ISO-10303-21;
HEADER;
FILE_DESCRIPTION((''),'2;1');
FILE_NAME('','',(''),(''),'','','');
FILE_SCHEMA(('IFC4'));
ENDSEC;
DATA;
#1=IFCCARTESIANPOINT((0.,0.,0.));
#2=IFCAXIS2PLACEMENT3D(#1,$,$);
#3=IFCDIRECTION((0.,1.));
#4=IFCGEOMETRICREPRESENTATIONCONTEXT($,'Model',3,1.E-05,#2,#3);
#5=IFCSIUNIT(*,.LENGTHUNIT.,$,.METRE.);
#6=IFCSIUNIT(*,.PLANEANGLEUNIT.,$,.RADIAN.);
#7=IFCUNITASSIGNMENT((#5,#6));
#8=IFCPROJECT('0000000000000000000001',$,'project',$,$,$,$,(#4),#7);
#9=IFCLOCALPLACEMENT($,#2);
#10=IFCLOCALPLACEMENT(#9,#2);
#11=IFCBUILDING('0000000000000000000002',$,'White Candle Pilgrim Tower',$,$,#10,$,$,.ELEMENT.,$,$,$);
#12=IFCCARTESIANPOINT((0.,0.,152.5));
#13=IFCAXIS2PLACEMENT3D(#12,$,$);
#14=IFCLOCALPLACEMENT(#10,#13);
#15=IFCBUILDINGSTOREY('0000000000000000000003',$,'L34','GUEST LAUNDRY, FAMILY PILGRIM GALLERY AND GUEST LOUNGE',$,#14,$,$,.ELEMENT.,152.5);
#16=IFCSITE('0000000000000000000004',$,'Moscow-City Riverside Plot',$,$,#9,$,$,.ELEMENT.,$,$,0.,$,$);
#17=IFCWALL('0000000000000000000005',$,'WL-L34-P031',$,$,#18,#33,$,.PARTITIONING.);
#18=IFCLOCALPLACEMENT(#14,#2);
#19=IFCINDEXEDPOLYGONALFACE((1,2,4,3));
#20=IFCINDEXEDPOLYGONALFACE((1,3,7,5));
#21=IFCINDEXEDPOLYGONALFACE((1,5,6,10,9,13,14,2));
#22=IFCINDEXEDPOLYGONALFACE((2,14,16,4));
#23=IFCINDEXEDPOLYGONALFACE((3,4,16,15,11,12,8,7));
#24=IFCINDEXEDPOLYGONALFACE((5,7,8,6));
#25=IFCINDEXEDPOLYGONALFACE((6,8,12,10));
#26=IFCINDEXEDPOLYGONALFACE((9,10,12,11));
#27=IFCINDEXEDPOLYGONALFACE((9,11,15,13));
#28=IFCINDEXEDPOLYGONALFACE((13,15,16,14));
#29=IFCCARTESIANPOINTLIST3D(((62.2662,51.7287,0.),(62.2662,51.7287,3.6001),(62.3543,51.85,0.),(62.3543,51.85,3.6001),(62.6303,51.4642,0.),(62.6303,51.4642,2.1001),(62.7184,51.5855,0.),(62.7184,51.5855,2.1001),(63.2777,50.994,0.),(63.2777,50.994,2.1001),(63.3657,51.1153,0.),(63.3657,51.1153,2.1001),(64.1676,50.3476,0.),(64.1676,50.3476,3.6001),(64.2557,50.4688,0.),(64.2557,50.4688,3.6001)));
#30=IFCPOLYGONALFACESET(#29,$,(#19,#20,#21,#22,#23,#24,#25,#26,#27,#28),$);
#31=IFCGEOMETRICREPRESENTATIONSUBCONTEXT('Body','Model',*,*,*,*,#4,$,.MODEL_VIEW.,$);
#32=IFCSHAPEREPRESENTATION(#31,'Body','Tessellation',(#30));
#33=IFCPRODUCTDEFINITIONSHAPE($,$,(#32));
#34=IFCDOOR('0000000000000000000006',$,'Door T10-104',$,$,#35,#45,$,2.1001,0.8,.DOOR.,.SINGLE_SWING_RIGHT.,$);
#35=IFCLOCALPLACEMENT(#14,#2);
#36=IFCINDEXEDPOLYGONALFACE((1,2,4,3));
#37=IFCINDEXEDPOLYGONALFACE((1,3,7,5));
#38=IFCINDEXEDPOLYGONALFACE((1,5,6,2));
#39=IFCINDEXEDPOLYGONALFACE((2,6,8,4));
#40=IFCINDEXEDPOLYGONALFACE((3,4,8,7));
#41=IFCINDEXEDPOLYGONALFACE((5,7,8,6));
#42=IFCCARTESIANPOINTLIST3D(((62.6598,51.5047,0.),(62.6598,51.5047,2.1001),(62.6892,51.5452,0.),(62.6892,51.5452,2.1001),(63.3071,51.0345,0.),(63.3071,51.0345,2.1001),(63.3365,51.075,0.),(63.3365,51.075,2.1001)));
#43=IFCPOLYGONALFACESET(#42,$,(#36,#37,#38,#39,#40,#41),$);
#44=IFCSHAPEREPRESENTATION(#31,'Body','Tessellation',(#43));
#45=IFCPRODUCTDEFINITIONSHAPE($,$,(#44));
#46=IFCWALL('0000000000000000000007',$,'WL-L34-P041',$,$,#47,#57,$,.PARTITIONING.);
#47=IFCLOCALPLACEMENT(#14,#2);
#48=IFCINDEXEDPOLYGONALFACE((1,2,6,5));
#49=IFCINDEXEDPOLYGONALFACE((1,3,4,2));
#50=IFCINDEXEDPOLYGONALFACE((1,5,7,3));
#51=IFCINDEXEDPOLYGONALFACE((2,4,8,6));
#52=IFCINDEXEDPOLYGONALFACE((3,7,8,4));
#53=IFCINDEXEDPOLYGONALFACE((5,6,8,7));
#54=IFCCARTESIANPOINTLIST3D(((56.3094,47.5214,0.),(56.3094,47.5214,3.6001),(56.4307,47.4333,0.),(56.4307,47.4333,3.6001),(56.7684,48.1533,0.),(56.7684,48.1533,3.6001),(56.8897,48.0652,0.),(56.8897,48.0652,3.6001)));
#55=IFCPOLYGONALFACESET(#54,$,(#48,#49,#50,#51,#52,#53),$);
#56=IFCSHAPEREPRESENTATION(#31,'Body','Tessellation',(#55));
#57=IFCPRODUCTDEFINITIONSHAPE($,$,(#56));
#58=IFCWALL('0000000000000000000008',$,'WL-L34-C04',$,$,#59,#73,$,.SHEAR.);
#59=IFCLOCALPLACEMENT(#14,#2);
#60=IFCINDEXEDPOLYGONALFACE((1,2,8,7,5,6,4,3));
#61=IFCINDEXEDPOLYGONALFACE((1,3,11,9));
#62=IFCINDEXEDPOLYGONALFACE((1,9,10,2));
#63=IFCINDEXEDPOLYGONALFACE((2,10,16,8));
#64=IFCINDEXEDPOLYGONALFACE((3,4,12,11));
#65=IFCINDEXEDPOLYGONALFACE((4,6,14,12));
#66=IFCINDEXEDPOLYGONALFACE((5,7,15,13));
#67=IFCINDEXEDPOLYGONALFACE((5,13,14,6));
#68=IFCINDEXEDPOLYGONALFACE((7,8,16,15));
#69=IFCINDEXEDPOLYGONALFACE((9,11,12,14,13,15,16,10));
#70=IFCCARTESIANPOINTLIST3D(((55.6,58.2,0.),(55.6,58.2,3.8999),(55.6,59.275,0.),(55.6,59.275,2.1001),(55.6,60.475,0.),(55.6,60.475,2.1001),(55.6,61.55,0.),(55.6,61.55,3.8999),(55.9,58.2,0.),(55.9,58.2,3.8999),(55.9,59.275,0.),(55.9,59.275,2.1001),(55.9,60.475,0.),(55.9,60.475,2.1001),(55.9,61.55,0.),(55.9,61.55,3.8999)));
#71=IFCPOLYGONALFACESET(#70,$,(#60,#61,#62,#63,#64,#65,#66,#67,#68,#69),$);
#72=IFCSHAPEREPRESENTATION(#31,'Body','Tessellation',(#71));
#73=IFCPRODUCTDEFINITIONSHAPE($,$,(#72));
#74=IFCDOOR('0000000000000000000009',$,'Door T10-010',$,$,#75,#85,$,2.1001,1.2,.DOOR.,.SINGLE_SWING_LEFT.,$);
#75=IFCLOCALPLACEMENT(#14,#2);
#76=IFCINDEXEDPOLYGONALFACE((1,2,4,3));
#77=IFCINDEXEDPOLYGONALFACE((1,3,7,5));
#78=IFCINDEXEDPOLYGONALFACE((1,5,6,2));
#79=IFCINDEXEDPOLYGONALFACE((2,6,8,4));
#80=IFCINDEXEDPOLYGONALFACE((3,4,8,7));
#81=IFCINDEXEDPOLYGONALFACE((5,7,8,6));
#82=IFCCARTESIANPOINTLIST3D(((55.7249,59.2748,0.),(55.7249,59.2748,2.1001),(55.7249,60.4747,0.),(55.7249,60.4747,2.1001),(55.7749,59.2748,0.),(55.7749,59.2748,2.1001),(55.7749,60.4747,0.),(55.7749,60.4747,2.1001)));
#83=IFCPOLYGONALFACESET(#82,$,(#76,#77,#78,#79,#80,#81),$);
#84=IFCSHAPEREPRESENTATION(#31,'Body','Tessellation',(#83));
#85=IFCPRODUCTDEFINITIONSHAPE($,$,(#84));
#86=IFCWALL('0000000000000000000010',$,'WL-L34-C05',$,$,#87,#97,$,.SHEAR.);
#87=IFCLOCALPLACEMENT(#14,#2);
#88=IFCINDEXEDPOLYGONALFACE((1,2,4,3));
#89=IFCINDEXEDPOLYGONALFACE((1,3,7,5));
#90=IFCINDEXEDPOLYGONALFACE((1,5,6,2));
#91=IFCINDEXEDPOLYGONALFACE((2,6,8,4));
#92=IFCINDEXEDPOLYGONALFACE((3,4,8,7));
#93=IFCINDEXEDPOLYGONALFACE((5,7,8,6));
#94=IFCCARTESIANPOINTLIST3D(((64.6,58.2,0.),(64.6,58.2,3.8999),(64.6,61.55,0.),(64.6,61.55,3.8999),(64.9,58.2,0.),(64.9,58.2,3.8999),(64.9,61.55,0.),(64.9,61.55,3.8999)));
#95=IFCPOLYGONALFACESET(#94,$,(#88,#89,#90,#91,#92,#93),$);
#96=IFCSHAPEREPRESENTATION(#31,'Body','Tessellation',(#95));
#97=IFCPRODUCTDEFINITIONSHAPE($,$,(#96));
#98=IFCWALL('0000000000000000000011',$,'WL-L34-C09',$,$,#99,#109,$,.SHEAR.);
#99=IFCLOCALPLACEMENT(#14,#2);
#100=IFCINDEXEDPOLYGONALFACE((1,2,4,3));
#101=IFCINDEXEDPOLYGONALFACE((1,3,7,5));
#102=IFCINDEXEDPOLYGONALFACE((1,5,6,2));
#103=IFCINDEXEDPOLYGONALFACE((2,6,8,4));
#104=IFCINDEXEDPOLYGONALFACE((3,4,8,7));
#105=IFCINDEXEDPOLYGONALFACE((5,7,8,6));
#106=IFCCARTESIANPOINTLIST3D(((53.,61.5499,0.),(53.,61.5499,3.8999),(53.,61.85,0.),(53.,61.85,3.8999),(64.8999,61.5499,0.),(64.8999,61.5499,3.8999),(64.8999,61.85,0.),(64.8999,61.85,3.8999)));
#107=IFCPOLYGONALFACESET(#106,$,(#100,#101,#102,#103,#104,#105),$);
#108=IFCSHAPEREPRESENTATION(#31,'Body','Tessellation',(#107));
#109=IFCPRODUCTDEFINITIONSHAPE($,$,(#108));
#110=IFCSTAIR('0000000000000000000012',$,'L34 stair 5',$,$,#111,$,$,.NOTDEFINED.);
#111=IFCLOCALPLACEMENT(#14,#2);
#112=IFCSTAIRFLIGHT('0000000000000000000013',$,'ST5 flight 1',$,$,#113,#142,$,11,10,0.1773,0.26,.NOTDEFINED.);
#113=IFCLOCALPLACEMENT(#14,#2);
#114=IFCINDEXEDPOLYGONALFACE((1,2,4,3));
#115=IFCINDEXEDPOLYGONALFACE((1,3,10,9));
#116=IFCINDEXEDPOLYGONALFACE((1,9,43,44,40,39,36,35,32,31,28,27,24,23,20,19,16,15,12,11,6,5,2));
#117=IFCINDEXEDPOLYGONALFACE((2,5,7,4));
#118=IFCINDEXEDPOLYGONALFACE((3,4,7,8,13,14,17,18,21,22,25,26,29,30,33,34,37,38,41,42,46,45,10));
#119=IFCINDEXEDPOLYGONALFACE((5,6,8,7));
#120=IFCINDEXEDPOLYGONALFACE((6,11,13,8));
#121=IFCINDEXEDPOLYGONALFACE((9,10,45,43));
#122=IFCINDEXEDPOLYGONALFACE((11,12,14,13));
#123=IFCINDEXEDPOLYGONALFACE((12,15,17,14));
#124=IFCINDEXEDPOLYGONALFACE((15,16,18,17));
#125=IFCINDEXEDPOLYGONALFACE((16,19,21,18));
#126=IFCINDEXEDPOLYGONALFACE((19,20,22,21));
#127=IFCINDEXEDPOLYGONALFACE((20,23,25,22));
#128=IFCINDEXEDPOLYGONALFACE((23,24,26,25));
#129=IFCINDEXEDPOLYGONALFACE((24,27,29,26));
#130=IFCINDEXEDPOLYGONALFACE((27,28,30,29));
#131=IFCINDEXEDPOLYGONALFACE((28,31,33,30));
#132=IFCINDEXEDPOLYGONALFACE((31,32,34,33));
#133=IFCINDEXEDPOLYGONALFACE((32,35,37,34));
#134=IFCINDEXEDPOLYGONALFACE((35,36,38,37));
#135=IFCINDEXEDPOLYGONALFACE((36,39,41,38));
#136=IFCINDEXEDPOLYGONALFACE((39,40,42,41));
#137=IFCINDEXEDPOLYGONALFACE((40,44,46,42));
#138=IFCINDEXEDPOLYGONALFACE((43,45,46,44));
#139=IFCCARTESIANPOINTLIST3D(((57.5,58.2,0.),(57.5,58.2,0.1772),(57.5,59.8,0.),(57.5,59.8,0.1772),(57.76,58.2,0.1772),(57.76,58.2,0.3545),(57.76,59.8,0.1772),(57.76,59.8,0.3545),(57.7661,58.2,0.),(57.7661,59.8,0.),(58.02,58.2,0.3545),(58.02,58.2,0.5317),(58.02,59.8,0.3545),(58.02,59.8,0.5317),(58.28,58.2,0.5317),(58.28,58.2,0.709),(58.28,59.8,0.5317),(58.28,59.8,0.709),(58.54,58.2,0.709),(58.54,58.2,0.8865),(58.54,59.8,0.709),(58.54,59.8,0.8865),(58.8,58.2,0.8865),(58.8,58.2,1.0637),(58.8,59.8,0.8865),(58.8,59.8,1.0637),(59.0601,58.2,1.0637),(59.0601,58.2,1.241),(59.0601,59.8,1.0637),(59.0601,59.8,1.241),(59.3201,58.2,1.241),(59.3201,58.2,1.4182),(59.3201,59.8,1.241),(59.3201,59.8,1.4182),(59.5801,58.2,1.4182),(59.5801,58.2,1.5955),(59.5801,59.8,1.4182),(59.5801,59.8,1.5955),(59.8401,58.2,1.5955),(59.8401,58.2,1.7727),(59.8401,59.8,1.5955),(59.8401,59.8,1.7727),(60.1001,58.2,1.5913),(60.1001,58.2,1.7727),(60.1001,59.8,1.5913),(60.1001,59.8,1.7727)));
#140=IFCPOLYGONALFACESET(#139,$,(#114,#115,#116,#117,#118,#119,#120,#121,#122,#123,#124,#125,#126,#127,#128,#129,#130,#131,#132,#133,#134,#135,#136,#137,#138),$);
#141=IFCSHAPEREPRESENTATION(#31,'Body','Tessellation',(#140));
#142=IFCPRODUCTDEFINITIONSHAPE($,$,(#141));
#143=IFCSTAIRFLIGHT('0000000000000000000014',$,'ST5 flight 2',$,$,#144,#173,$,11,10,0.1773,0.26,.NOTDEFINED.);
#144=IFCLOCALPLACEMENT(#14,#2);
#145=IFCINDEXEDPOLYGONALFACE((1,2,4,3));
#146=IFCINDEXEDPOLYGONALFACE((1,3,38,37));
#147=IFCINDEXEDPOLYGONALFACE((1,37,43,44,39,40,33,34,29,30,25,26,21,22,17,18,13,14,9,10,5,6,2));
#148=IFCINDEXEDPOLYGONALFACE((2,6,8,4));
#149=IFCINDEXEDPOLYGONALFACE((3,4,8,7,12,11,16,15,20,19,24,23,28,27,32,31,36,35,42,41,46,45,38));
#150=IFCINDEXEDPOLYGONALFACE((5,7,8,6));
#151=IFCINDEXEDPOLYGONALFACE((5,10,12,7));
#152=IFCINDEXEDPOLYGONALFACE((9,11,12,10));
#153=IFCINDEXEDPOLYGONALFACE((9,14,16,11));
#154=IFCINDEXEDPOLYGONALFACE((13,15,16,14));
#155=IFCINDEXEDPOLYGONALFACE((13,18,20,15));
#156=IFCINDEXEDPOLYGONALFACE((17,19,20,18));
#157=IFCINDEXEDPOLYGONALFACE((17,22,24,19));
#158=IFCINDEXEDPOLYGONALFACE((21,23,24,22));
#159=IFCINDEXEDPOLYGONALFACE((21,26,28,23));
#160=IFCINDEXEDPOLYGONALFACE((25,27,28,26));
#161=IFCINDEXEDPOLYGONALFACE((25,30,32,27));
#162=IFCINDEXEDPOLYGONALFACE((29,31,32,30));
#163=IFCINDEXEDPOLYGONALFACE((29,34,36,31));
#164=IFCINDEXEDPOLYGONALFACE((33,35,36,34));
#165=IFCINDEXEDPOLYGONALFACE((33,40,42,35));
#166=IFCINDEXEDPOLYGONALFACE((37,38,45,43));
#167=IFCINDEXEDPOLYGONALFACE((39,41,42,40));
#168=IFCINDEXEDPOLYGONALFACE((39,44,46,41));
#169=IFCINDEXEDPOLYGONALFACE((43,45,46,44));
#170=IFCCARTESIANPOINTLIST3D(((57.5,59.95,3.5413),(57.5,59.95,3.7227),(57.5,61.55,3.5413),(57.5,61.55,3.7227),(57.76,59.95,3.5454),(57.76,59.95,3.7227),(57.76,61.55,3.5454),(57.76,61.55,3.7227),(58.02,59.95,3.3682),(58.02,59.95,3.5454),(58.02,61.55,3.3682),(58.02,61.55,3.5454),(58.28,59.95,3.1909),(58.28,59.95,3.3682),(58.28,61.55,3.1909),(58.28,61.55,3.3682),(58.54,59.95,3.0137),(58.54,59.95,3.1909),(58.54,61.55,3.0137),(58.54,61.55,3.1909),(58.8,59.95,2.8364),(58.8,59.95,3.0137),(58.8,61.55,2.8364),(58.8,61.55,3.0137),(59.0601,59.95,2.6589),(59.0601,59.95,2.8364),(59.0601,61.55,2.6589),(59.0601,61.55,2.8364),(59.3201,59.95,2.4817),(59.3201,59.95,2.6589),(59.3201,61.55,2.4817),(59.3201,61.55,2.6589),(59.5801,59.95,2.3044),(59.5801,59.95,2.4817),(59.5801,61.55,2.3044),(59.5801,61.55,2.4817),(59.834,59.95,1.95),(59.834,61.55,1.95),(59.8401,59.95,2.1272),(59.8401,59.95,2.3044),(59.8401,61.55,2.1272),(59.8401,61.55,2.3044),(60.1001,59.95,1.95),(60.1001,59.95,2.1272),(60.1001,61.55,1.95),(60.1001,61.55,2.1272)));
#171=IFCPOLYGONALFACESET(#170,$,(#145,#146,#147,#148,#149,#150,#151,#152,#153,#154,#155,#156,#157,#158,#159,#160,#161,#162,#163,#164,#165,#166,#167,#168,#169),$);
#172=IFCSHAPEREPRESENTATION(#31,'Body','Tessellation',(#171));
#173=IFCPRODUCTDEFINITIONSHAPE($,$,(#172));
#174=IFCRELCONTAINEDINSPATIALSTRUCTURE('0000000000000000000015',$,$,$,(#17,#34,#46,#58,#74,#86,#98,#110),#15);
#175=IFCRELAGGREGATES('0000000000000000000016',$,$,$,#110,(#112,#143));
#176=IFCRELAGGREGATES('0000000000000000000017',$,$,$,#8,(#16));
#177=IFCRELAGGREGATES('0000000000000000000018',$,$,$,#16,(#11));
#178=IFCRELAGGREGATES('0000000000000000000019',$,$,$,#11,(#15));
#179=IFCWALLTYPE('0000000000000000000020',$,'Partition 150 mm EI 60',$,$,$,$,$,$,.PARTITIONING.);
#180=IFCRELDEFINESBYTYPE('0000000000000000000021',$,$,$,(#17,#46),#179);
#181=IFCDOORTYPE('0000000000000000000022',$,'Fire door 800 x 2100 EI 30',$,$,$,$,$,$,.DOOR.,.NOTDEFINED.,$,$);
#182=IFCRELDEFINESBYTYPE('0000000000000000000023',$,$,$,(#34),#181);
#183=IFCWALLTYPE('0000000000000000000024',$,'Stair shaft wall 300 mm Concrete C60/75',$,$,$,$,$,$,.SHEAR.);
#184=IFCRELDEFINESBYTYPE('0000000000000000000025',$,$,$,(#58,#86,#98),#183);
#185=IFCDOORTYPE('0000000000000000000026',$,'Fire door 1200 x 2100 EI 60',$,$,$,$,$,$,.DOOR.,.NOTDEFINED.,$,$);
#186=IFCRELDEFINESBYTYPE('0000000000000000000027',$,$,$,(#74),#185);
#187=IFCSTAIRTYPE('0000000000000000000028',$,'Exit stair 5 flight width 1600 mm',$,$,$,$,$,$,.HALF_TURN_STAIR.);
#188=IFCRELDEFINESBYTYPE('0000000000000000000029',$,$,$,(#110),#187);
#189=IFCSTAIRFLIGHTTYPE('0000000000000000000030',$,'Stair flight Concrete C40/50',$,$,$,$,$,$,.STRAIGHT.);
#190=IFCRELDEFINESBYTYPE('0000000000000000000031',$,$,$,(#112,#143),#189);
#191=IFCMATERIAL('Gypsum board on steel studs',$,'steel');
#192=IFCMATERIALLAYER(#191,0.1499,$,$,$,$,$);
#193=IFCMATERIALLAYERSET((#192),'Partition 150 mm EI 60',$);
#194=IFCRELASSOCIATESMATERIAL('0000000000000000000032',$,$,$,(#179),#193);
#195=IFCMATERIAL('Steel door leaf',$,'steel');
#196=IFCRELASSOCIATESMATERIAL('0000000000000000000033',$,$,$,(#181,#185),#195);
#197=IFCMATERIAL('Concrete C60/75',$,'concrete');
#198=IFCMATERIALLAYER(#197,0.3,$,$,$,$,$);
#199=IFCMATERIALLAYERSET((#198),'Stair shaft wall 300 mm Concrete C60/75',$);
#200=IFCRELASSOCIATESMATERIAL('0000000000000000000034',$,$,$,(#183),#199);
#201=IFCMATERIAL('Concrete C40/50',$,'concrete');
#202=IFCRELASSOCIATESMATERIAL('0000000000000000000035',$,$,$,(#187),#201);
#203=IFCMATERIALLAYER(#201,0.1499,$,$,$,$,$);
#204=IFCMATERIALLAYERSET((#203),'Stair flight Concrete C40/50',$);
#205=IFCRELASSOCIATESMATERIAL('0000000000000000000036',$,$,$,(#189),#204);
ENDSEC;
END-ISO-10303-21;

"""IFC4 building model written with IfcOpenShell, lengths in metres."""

from ifc_helpers import new_model, si_unit, direction, frame, frame_2d, origin, place, context, subcontext, project, spatial, polyline, rectangle, outline, extrude, material, layer, layer_set, type_object, element, fill, aggregate, save


model = new_model("IFC4")

# Units and contexts
model_context = context("Model", 3, precision=1e-05, world=origin(), true_north=direction((0.0, 1.0)))
body_context = subcontext(model_context, "Body", "Model", "MODEL_VIEW")
ifc_project = project(units=[si_unit("LENGTHUNIT", "METRE"), si_unit("PLANEANGLEUNIT", "RADIAN")], contexts=[model_context])

# Site, building, storey
site_placement = place(None, origin())
site = spatial("IfcSite", under=ifc_project, at=site_placement, Name="Moscow-City Riverside Plot", CompositionType="ELEMENT", RefElevation=0.0)
building_placement = place(site_placement, origin())
building = spatial("IfcBuilding", under=site, at=building_placement, Name="White Candle Pilgrim Tower", CompositionType="ELEMENT")
storey_placement = place(building_placement, frame((0.0, 0.0, 152.5)))
storey = spatial("IfcBuildingStorey", under=building, at=storey_placement, Name="L34", Description="GUEST LAUNDRY, FAMILY PILGRIM GALLERY AND GUEST LOUNGE", CompositionType="ELEMENT", Elevation=152.5)

# Shared definitions
ifc_material_1 = material(Name="Concrete C60/75", Category="concrete")

# Shared definitions
ifc_material_2 = material(Name="Gypsum board on steel studs", Category="steel")
ifc_material_3 = material(Name="Steel door leaf", Category="steel")

# Shared definitions
ifc_layer_1 = layer(ifc_material_2, 0.1499)
ifc_layer_set_1 = layer_set([ifc_layer_1], Name="Partition 150 mm EI 60")
wall_type_1 = type_object("IfcWallType", Name="Partition 150 mm EI 60", PredefinedType="PARTITIONING", material=ifc_layer_set_1)

# Wall, opening, door
wall_1_placement = place(storey_placement, frame((64.2117, 50.4082, 0.0), z_axis=(0.0, 0.0, 1.0), x_axis=(-0.809082, 0.587696, 0.0)))
wall_1 = element("IfcWall", 1, at=wall_1_placement, inside=storey, type_object=wall_type_1, Name="WL-L34-P031", PredefinedType="PARTITIONING", context=body_context, shape_type="SweptSolid", body=[
    extrude(rectangle(XDim=2.3501, YDim=0.1499, at=frame_2d((1.175, 0.0))), origin(), (0.0, 0.0, 1.0), 3.6001),
])
opening_1_placement = place(wall_1_placement, frame((1.1001, 0.0, 0.0)))
opening_1 = element("IfcOpeningElement", 2, at=opening_1_placement, cuts=wall_1, PredefinedType="OPENING", context=body_context, shape_type="SweptSolid", body=[
    extrude(rectangle(XDim=0.8, YDim=2.1001, at=frame_2d((0.3999, 1.05))), frame((0.0, 0.085, 0.0), z_axis=(0.0, -1.0, 0.0), x_axis=(1.0, 0.0, 0.0)), (0.0, 0.0, 1.0), 0.1699),
])
door_type_1 = type_object("IfcDoorType", Name="Fire door 800 x 2100 EI 30", OperationType="NOTDEFINED", PredefinedType="DOOR", material=ifc_material_3)
door_1_placement = place(opening_1_placement, origin())
door_1 = element("IfcDoor", 3, at=door_1_placement, inside=storey, type_object=door_type_1, Name="Door T10-104", OperationType="SINGLE_SWING_RIGHT", OverallHeight=2.1001, OverallWidth=0.8, PredefinedType="DOOR", context=body_context, shape_type="SweptSolid", body=[
    extrude(rectangle(XDim=0.8, YDim=2.1001, at=frame_2d((0.3999, 1.05))), frame((0.0, 0.0249, 0.0), z_axis=(0.0, -1.0, 0.0), x_axis=(1.0, 0.0, 0.0)), (0.0, 0.0, 1.0), 0.05),
])
fill(opening_1, door_1)

# Wall
wall_2_placement = place(storey_placement, frame((56.8291, 48.1094, 0.0), z_axis=(0.0, 0.0, 1.0), x_axis=(-0.587725, -0.80906, 0.0)))
element("IfcWall", 4, at=wall_2_placement, inside=storey, type_object=wall_type_1, Name="WL-L34-P041", PredefinedType="PARTITIONING", context=body_context, shape_type="SweptSolid", body=[
    extrude(rectangle(XDim=0.781, YDim=0.1499, at=frame_2d((0.3906, 0.0))), origin(), (0.0, 0.0, 1.0), 3.6001),
])

# Wall, opening, door
ifc_layer_2 = layer(ifc_material_1, 0.3)
ifc_layer_set_2 = layer_set([ifc_layer_2], Name="Stair shaft wall 300 mm Concrete C60/75")
wall_type_2 = type_object("IfcWallType", Name="Stair shaft wall 300 mm Concrete C60/75", PredefinedType="SHEAR", material=ifc_layer_set_2)
wall_3_placement = place(storey_placement, frame((55.75, 58.2, 0.0), z_axis=(0.0, 0.0, 1.0), x_axis=(0.0, 1.0, 0.0)))
wall_3 = element("IfcWall", 5, at=wall_3_placement, inside=storey, type_object=wall_type_2, Name="WL-L34-C04", PredefinedType="SHEAR", context=body_context, shape_type="SweptSolid", body=[
    extrude(rectangle(XDim=3.3501, YDim=0.3, at=frame_2d((1.675, 0.0))), origin(), (0.0, 0.0, 1.0), 3.8999),
])
opening_2_placement = place(wall_3_placement, frame((1.075, 0.0, 0.0)))
opening_2 = element("IfcOpeningElement", 6, at=opening_2_placement, cuts=wall_3, PredefinedType="OPENING", context=body_context, shape_type="SweptSolid", body=[
    extrude(rectangle(XDim=1.2, YDim=2.1001, at=frame_2d((0.6001, 1.05))), frame((0.0, 0.1599, 0.0), z_axis=(0.0, -1.0, 0.0), x_axis=(1.0, 0.0, 0.0)), (0.0, 0.0, 1.0), 0.3201),
])
door_type_2 = type_object("IfcDoorType", Name="Fire door 1200 x 2100 EI 60", OperationType="NOTDEFINED", PredefinedType="DOOR", material=ifc_material_3)
door_2_placement = place(opening_2_placement, frame((1.2, 0.0, 0.0), z_axis=(0.0, 0.0, 1.0), x_axis=(-1.0, 0.0, 0.0)))
door_2 = element("IfcDoor", 7, at=door_2_placement, inside=storey, type_object=door_type_2, Name="Door T10-010", OperationType="SINGLE_SWING_LEFT", OverallHeight=2.1001, OverallWidth=1.2, PredefinedType="DOOR", context=body_context, shape_type="SweptSolid", body=[
    extrude(rectangle(XDim=1.2, YDim=2.1001, at=frame_2d((0.6001, 1.05))), frame((0.0, 0.0249, 0.0), z_axis=(0.0, -1.0, 0.0), x_axis=(1.0, 0.0, 0.0)), (0.0, 0.0, 1.0), 0.05),
])
fill(opening_2, door_2)

# Walls
wall_4_placement = place(storey_placement, frame((64.75, 58.2, 0.0), z_axis=(0.0, 0.0, 1.0), x_axis=(0.0, 1.0, 0.0)))
element("IfcWall", 8, at=wall_4_placement, inside=storey, type_object=wall_type_2, Name="WL-L34-C05", PredefinedType="SHEAR", context=body_context, shape_type="SweptSolid", body=[
    extrude(rectangle(XDim=3.3501, YDim=0.3, at=frame_2d((1.675, 0.0))), origin(), (0.0, 0.0, 1.0), 3.8999),
])
wall_5_placement = place(storey_placement, frame((53.0, 61.7, 0.0), z_axis=(0.0, 0.0, 1.0), x_axis=(1.0, 0.0, 0.0)))
element("IfcWall", 9, at=wall_5_placement, inside=storey, type_object=wall_type_2, Name="WL-L34-C09", PredefinedType="SHEAR", context=body_context, shape_type="SweptSolid", body=[
    extrude(rectangle(XDim=11.8999, YDim=0.3, at=frame_2d((5.95, 0.0))), origin(), (0.0, 0.0, 1.0), 3.8999),
])

# Stair, stair flights
ifc_material_4 = material(Name="Concrete C40/50", Category="concrete")
stair_type = type_object("IfcStairType", Name="Exit stair 5 flight width 1600 mm", PredefinedType="HALF_TURN_STAIR", material=ifc_material_4)
stair_placement = place(storey_placement, origin())
stair = element("IfcStair", 10, at=stair_placement, inside=storey, type_object=stair_type, Name="L34 stair 5", PredefinedType="NOTDEFINED")
ifc_layer_3 = layer(ifc_material_4, 0.1499)
ifc_layer_set_3 = layer_set([ifc_layer_3], Name="Stair flight Concrete C40/50")
stair_flight_type = type_object("IfcStairFlightType", Name="Stair flight Concrete C40/50", PredefinedType="STRAIGHT", material=ifc_layer_set_3)
stair_flight_1_placement = place(storey_placement, frame((57.5, 59.0, 0.0), z_axis=(0.0, 0.0, 1.0), x_axis=(1.0, 0.0, 0.0)))
stair_flight_1 = element("IfcStairFlight", 11, at=stair_flight_1_placement, type_object=stair_flight_type, Name="ST5 flight 1", NumberOfRisers=11, NumberOfTreads=10, PredefinedType="NOTDEFINED", RiserHeight=0.1773, TreadLength=0.26, context=body_context, shape_type="SweptSolid", body=[
    extrude(outline(polyline([(0.0, 0.0), (0.0, 0.1772), (0.26, 0.1772), (0.26, 0.3545), (0.52, 0.3545), (0.52, 0.5317), (0.78, 0.5317), (0.78, 0.709), (1.04, 0.709), (1.04, 0.8865), (1.3, 0.8865), (1.3, 1.0637), (1.5601, 1.0637), (1.5601, 1.241), (1.8201, 1.241), (1.8201, 1.4182), (2.0801, 1.4182), (2.0801, 1.5955), (2.3401, 1.5955), (2.3401, 1.7727), (2.6001, 1.7727), (2.6001, 1.95), (2.6001, 1.5913), (0.2661, 0.0), (0.0, 0.0)])), frame((0.0, 0.8, 0.0), z_axis=(0.0, -1.0, 0.0), x_axis=(1.0, 0.0, 0.0)), (0.0, 0.0, 1.0), 1.6001),
])
stair_flight_2_placement = place(storey_placement, frame((60.1001, 60.75, 1.95), z_axis=(0.0, 0.0, 1.0), x_axis=(-1.0, 0.0, 0.0)))
stair_flight_2 = element("IfcStairFlight", 12, at=stair_flight_2_placement, type_object=stair_flight_type, Name="ST5 flight 2", NumberOfRisers=11, NumberOfTreads=10, PredefinedType="NOTDEFINED", RiserHeight=0.1773, TreadLength=0.26, context=body_context, shape_type="SweptSolid", body=[
    extrude(outline(polyline([(0.0, 0.0), (0.0, 0.1772), (0.26, 0.1772), (0.26, 0.3545), (0.52, 0.3545), (0.52, 0.5317), (0.78, 0.5317), (0.78, 0.709), (1.04, 0.709), (1.04, 0.8865), (1.3, 0.8865), (1.3, 1.0637), (1.5601, 1.0637), (1.5601, 1.241), (1.8201, 1.241), (1.8201, 1.4182), (2.0801, 1.4182), (2.0801, 1.5955), (2.3401, 1.5955), (2.3401, 1.7727), (2.6001, 1.7727), (2.6001, 1.95), (2.6001, 1.5913), (0.2661, 0.0), (0.0, 0.0)])), frame((0.0, 0.8, 0.0), z_axis=(0.0, -1.0, 0.0), x_axis=(1.0, 0.0, 0.0)), (0.0, 0.0, 1.0), 1.6001),
])
aggregate(stair, [stair_flight_1, stair_flight_2])

save(model, "model.ifc")
